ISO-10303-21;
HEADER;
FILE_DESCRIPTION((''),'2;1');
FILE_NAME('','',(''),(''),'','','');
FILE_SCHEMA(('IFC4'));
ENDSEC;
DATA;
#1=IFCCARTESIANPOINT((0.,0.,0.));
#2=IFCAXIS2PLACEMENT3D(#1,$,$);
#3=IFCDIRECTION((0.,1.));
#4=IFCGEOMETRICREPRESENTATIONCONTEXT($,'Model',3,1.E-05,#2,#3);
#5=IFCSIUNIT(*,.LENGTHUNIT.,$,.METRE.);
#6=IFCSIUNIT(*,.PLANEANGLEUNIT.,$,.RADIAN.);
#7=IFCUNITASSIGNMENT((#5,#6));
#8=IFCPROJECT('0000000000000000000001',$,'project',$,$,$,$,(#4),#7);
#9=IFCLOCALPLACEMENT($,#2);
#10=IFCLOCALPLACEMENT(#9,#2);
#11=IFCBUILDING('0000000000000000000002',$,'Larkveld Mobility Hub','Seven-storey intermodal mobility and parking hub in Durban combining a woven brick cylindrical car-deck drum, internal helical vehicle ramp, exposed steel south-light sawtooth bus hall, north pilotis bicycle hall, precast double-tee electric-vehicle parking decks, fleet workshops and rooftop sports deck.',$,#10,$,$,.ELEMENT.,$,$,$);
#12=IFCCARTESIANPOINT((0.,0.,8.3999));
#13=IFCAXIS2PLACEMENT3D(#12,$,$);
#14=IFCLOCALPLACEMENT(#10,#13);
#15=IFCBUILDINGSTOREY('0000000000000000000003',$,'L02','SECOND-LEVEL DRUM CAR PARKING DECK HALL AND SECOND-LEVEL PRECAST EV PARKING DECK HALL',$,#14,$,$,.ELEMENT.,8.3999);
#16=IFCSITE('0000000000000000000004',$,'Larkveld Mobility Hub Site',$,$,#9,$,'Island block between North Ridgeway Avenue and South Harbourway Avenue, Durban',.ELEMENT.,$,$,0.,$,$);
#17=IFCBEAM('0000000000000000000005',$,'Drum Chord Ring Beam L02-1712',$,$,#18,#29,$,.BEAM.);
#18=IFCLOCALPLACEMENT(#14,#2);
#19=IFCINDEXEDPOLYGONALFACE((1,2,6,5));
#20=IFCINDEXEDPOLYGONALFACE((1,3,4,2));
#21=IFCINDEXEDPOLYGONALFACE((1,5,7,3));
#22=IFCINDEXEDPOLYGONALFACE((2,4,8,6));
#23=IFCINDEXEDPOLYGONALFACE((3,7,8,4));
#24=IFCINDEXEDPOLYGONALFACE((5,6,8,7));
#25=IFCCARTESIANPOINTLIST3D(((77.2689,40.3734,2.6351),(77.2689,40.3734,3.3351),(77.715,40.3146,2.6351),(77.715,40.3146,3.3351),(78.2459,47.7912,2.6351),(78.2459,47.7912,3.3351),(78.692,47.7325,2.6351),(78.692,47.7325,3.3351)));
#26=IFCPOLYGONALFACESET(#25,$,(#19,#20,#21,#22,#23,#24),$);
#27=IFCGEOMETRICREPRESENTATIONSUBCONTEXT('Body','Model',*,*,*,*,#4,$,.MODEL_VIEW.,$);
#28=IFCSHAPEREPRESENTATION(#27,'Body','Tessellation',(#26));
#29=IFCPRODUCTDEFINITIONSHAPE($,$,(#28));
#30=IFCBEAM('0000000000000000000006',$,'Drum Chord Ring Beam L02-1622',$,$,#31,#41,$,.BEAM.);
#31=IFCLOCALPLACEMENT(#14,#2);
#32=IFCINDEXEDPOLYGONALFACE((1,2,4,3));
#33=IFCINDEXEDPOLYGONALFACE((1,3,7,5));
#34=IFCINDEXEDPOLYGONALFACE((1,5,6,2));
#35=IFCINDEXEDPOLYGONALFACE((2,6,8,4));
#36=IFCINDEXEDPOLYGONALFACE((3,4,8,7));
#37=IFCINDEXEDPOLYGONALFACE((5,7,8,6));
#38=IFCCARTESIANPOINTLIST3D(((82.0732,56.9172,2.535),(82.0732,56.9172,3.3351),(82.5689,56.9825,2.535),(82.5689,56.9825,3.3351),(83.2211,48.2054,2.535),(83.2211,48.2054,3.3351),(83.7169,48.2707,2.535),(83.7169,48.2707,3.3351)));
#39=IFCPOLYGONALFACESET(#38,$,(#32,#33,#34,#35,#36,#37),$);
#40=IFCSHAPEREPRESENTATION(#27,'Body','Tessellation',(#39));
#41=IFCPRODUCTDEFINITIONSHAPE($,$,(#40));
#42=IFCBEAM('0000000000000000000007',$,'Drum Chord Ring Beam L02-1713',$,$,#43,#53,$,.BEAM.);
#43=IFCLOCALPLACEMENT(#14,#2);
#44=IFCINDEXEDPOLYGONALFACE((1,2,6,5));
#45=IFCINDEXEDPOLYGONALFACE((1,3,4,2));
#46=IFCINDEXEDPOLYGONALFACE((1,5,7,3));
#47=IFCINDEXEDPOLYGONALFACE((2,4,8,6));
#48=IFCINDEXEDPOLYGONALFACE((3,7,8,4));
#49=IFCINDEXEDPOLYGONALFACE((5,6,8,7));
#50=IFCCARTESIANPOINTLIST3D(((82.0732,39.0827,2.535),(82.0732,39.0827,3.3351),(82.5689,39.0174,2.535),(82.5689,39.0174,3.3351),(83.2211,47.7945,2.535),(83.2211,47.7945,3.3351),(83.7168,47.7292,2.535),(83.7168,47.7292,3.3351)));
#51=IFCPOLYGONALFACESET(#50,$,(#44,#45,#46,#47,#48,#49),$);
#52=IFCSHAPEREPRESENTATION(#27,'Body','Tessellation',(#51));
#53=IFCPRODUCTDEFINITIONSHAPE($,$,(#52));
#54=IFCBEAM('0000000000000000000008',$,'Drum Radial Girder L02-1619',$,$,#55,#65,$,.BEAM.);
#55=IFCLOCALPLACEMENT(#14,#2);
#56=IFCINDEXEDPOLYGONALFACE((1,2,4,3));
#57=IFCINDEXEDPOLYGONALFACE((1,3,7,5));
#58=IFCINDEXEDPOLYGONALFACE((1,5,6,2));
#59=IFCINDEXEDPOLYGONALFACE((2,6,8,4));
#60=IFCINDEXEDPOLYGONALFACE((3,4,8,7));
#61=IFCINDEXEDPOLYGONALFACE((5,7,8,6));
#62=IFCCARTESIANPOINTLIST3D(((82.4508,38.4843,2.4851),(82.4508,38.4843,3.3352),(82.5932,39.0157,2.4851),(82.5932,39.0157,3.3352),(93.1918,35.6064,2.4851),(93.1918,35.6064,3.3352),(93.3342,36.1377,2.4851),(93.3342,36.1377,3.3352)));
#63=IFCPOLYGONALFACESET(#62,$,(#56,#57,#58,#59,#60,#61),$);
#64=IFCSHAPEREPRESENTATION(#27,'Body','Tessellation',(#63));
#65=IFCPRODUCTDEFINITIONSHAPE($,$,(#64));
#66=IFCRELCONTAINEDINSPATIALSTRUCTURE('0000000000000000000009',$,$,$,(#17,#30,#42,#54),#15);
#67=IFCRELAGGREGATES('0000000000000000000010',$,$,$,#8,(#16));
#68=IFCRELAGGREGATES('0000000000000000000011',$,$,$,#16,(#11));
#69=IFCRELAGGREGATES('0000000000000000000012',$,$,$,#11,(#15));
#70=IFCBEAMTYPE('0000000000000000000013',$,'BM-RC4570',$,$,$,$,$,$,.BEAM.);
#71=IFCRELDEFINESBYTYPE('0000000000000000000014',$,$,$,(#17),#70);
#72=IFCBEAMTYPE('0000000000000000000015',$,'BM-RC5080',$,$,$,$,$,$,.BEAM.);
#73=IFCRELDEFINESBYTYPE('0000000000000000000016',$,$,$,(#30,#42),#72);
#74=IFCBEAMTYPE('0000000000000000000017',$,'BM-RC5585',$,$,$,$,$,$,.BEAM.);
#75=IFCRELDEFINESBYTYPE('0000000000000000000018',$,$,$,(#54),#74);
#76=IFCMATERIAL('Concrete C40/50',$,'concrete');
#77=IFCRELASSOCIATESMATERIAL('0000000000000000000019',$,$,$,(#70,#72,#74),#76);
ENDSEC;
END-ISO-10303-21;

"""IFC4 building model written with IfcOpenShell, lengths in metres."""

from ifc_helpers import new_model, si_unit, direction, frame, origin, origin_2d, place, context, subcontext, project, spatial, rectangle, extrude, material, material_profile, profile_set, type_object, element, save


model = new_model("IFC4")

# Units and contexts
model_context = context("Model", 3, precision=1e-05, world=origin(), true_north=direction((0.0, 1.0)))
body_context = subcontext(model_context, "Body", "Model", "MODEL_VIEW")
ifc_project = project(units=[si_unit("LENGTHUNIT", "METRE"), si_unit("PLANEANGLEUNIT", "RADIAN")], contexts=[model_context])

# Site, building, storey
site_placement = place(None, origin())
site = spatial("IfcSite", under=ifc_project, at=site_placement, Name="Larkveld Mobility Hub Site", LongName="Island block between North Ridgeway Avenue and South Harbourway Avenue, Durban", CompositionType="ELEMENT", RefElevation=0.0)
building_placement = place(site_placement, origin())
building = spatial("IfcBuilding", under=site, at=building_placement, Name="Larkveld Mobility Hub", Description="Seven-storey intermodal mobility and parking hub in Durban combining a woven brick cylindrical car-deck drum, internal helical vehicle ramp, exposed steel south-light sawtooth bus hall, north pilotis bicycle hall, precast double-tee electric-vehicle parking decks, fleet workshops and rooftop sports deck.", CompositionType="ELEMENT")
storey_placement = place(building_placement, frame((0.0, 0.0, 8.3999)))
storey = spatial("IfcBuildingStorey", under=building, at=storey_placement, Name="L02", Description="SECOND-LEVEL DRUM CAR PARKING DECK HALL AND SECOND-LEVEL PRECAST EV PARKING DECK HALL", CompositionType="ELEMENT", Elevation=8.3999)

# Shared definitions
ifc_material_1 = material(Name="Concrete C40/50", Category="concrete")

# Beams
ifc_material_profile_1 = material_profile(ifc_material_1, rectangle(XDim=0.45, YDim=0.7, at=origin_2d()), Name="RC BM 450x700")
ifc_profile_set_1 = profile_set([ifc_material_profile_1], Name="Concrete C40/50")
beam_type_1 = type_object("IfcBeamType", Name="BM-RC4570", PredefinedType="BEAM", material=ifc_profile_set_1)
beam_1_placement = place(storey_placement, frame((77.4919, 40.344, 2.9851), z_axis=(0.130586, 0.991437, 0.0), x_axis=(-0.991437, 0.130586, 0.0)))
element("IfcBeam", 1, at=beam_1_placement, inside=storey, type_object=beam_type_1, Name="Drum Chord Ring Beam L02-1712", PredefinedType="BEAM", context=body_context, shape_type="SweptSolid", body=[
    extrude(rectangle(XDim=0.45, YDim=0.7, at=origin_2d()), origin(), (0.0, 0.0, 1.0), 7.4819),
])
ifc_material_profile_2 = material_profile(ifc_material_1, rectangle(XDim=0.5, YDim=0.8, at=origin_2d()), Name="RC BM 500x800")
ifc_profile_set_2 = profile_set([ifc_material_profile_2], Name="Concrete C40/50")
beam_type_2 = type_object("IfcBeamType", Name="BM-RC5080", PredefinedType="BEAM", material=ifc_profile_set_2)
for number, where, z_axis, x_axis, name in (
    (2, (83.469, 48.238, 2.9351), (-0.130638, 0.99143, 0.0), (-0.99143, -0.130638, 0.0), "Drum Chord Ring Beam L02-1622"),
    (3, (82.321, 39.05, 2.9351), (0.130638, 0.99143, 0.0), (-0.99143, 0.130638, 0.0), "Drum Chord Ring Beam L02-1713"),
):
    element("IfcBeam", number, at=place(storey_placement, frame(where, z_axis=z_axis, x_axis=x_axis)), inside=storey, type_object=beam_type_2, Name=name, PredefinedType="BEAM", context=body_context, shape_type="SweptSolid", body=[
        extrude(rectangle(XDim=0.5, YDim=0.8, at=origin_2d()), origin(), (0.0, 0.0, 1.0), 8.7871),
    ])
ifc_material_profile_3 = material_profile(ifc_material_1, rectangle(XDim=0.55, YDim=0.8501, at=origin_2d()), Name="RC BM 550x850")
ifc_profile_set_3 = profile_set([ifc_material_profile_3], Name="Concrete C40/50")
beam_type_3 = type_object("IfcBeamType", Name="BM-RC5585", PredefinedType="BEAM", material=ifc_profile_set_3)
beam_2_placement = place(storey_placement, frame((82.522, 38.75, 2.9102), z_axis=(0.965928, -0.25881, 0.0), x_axis=(0.25881, 0.965928, 0.0)))
element("IfcBeam", 4, at=beam_2_placement, inside=storey, type_object=beam_type_3, Name="Drum Radial Girder L02-1619", PredefinedType="BEAM", context=body_context, shape_type="SweptSolid", body=[
    extrude(rectangle(XDim=0.55, YDim=0.8501, at=origin_2d()), origin(), (0.0, 0.0, 1.0), 11.1199),
])

save(model, "model.ifc")
